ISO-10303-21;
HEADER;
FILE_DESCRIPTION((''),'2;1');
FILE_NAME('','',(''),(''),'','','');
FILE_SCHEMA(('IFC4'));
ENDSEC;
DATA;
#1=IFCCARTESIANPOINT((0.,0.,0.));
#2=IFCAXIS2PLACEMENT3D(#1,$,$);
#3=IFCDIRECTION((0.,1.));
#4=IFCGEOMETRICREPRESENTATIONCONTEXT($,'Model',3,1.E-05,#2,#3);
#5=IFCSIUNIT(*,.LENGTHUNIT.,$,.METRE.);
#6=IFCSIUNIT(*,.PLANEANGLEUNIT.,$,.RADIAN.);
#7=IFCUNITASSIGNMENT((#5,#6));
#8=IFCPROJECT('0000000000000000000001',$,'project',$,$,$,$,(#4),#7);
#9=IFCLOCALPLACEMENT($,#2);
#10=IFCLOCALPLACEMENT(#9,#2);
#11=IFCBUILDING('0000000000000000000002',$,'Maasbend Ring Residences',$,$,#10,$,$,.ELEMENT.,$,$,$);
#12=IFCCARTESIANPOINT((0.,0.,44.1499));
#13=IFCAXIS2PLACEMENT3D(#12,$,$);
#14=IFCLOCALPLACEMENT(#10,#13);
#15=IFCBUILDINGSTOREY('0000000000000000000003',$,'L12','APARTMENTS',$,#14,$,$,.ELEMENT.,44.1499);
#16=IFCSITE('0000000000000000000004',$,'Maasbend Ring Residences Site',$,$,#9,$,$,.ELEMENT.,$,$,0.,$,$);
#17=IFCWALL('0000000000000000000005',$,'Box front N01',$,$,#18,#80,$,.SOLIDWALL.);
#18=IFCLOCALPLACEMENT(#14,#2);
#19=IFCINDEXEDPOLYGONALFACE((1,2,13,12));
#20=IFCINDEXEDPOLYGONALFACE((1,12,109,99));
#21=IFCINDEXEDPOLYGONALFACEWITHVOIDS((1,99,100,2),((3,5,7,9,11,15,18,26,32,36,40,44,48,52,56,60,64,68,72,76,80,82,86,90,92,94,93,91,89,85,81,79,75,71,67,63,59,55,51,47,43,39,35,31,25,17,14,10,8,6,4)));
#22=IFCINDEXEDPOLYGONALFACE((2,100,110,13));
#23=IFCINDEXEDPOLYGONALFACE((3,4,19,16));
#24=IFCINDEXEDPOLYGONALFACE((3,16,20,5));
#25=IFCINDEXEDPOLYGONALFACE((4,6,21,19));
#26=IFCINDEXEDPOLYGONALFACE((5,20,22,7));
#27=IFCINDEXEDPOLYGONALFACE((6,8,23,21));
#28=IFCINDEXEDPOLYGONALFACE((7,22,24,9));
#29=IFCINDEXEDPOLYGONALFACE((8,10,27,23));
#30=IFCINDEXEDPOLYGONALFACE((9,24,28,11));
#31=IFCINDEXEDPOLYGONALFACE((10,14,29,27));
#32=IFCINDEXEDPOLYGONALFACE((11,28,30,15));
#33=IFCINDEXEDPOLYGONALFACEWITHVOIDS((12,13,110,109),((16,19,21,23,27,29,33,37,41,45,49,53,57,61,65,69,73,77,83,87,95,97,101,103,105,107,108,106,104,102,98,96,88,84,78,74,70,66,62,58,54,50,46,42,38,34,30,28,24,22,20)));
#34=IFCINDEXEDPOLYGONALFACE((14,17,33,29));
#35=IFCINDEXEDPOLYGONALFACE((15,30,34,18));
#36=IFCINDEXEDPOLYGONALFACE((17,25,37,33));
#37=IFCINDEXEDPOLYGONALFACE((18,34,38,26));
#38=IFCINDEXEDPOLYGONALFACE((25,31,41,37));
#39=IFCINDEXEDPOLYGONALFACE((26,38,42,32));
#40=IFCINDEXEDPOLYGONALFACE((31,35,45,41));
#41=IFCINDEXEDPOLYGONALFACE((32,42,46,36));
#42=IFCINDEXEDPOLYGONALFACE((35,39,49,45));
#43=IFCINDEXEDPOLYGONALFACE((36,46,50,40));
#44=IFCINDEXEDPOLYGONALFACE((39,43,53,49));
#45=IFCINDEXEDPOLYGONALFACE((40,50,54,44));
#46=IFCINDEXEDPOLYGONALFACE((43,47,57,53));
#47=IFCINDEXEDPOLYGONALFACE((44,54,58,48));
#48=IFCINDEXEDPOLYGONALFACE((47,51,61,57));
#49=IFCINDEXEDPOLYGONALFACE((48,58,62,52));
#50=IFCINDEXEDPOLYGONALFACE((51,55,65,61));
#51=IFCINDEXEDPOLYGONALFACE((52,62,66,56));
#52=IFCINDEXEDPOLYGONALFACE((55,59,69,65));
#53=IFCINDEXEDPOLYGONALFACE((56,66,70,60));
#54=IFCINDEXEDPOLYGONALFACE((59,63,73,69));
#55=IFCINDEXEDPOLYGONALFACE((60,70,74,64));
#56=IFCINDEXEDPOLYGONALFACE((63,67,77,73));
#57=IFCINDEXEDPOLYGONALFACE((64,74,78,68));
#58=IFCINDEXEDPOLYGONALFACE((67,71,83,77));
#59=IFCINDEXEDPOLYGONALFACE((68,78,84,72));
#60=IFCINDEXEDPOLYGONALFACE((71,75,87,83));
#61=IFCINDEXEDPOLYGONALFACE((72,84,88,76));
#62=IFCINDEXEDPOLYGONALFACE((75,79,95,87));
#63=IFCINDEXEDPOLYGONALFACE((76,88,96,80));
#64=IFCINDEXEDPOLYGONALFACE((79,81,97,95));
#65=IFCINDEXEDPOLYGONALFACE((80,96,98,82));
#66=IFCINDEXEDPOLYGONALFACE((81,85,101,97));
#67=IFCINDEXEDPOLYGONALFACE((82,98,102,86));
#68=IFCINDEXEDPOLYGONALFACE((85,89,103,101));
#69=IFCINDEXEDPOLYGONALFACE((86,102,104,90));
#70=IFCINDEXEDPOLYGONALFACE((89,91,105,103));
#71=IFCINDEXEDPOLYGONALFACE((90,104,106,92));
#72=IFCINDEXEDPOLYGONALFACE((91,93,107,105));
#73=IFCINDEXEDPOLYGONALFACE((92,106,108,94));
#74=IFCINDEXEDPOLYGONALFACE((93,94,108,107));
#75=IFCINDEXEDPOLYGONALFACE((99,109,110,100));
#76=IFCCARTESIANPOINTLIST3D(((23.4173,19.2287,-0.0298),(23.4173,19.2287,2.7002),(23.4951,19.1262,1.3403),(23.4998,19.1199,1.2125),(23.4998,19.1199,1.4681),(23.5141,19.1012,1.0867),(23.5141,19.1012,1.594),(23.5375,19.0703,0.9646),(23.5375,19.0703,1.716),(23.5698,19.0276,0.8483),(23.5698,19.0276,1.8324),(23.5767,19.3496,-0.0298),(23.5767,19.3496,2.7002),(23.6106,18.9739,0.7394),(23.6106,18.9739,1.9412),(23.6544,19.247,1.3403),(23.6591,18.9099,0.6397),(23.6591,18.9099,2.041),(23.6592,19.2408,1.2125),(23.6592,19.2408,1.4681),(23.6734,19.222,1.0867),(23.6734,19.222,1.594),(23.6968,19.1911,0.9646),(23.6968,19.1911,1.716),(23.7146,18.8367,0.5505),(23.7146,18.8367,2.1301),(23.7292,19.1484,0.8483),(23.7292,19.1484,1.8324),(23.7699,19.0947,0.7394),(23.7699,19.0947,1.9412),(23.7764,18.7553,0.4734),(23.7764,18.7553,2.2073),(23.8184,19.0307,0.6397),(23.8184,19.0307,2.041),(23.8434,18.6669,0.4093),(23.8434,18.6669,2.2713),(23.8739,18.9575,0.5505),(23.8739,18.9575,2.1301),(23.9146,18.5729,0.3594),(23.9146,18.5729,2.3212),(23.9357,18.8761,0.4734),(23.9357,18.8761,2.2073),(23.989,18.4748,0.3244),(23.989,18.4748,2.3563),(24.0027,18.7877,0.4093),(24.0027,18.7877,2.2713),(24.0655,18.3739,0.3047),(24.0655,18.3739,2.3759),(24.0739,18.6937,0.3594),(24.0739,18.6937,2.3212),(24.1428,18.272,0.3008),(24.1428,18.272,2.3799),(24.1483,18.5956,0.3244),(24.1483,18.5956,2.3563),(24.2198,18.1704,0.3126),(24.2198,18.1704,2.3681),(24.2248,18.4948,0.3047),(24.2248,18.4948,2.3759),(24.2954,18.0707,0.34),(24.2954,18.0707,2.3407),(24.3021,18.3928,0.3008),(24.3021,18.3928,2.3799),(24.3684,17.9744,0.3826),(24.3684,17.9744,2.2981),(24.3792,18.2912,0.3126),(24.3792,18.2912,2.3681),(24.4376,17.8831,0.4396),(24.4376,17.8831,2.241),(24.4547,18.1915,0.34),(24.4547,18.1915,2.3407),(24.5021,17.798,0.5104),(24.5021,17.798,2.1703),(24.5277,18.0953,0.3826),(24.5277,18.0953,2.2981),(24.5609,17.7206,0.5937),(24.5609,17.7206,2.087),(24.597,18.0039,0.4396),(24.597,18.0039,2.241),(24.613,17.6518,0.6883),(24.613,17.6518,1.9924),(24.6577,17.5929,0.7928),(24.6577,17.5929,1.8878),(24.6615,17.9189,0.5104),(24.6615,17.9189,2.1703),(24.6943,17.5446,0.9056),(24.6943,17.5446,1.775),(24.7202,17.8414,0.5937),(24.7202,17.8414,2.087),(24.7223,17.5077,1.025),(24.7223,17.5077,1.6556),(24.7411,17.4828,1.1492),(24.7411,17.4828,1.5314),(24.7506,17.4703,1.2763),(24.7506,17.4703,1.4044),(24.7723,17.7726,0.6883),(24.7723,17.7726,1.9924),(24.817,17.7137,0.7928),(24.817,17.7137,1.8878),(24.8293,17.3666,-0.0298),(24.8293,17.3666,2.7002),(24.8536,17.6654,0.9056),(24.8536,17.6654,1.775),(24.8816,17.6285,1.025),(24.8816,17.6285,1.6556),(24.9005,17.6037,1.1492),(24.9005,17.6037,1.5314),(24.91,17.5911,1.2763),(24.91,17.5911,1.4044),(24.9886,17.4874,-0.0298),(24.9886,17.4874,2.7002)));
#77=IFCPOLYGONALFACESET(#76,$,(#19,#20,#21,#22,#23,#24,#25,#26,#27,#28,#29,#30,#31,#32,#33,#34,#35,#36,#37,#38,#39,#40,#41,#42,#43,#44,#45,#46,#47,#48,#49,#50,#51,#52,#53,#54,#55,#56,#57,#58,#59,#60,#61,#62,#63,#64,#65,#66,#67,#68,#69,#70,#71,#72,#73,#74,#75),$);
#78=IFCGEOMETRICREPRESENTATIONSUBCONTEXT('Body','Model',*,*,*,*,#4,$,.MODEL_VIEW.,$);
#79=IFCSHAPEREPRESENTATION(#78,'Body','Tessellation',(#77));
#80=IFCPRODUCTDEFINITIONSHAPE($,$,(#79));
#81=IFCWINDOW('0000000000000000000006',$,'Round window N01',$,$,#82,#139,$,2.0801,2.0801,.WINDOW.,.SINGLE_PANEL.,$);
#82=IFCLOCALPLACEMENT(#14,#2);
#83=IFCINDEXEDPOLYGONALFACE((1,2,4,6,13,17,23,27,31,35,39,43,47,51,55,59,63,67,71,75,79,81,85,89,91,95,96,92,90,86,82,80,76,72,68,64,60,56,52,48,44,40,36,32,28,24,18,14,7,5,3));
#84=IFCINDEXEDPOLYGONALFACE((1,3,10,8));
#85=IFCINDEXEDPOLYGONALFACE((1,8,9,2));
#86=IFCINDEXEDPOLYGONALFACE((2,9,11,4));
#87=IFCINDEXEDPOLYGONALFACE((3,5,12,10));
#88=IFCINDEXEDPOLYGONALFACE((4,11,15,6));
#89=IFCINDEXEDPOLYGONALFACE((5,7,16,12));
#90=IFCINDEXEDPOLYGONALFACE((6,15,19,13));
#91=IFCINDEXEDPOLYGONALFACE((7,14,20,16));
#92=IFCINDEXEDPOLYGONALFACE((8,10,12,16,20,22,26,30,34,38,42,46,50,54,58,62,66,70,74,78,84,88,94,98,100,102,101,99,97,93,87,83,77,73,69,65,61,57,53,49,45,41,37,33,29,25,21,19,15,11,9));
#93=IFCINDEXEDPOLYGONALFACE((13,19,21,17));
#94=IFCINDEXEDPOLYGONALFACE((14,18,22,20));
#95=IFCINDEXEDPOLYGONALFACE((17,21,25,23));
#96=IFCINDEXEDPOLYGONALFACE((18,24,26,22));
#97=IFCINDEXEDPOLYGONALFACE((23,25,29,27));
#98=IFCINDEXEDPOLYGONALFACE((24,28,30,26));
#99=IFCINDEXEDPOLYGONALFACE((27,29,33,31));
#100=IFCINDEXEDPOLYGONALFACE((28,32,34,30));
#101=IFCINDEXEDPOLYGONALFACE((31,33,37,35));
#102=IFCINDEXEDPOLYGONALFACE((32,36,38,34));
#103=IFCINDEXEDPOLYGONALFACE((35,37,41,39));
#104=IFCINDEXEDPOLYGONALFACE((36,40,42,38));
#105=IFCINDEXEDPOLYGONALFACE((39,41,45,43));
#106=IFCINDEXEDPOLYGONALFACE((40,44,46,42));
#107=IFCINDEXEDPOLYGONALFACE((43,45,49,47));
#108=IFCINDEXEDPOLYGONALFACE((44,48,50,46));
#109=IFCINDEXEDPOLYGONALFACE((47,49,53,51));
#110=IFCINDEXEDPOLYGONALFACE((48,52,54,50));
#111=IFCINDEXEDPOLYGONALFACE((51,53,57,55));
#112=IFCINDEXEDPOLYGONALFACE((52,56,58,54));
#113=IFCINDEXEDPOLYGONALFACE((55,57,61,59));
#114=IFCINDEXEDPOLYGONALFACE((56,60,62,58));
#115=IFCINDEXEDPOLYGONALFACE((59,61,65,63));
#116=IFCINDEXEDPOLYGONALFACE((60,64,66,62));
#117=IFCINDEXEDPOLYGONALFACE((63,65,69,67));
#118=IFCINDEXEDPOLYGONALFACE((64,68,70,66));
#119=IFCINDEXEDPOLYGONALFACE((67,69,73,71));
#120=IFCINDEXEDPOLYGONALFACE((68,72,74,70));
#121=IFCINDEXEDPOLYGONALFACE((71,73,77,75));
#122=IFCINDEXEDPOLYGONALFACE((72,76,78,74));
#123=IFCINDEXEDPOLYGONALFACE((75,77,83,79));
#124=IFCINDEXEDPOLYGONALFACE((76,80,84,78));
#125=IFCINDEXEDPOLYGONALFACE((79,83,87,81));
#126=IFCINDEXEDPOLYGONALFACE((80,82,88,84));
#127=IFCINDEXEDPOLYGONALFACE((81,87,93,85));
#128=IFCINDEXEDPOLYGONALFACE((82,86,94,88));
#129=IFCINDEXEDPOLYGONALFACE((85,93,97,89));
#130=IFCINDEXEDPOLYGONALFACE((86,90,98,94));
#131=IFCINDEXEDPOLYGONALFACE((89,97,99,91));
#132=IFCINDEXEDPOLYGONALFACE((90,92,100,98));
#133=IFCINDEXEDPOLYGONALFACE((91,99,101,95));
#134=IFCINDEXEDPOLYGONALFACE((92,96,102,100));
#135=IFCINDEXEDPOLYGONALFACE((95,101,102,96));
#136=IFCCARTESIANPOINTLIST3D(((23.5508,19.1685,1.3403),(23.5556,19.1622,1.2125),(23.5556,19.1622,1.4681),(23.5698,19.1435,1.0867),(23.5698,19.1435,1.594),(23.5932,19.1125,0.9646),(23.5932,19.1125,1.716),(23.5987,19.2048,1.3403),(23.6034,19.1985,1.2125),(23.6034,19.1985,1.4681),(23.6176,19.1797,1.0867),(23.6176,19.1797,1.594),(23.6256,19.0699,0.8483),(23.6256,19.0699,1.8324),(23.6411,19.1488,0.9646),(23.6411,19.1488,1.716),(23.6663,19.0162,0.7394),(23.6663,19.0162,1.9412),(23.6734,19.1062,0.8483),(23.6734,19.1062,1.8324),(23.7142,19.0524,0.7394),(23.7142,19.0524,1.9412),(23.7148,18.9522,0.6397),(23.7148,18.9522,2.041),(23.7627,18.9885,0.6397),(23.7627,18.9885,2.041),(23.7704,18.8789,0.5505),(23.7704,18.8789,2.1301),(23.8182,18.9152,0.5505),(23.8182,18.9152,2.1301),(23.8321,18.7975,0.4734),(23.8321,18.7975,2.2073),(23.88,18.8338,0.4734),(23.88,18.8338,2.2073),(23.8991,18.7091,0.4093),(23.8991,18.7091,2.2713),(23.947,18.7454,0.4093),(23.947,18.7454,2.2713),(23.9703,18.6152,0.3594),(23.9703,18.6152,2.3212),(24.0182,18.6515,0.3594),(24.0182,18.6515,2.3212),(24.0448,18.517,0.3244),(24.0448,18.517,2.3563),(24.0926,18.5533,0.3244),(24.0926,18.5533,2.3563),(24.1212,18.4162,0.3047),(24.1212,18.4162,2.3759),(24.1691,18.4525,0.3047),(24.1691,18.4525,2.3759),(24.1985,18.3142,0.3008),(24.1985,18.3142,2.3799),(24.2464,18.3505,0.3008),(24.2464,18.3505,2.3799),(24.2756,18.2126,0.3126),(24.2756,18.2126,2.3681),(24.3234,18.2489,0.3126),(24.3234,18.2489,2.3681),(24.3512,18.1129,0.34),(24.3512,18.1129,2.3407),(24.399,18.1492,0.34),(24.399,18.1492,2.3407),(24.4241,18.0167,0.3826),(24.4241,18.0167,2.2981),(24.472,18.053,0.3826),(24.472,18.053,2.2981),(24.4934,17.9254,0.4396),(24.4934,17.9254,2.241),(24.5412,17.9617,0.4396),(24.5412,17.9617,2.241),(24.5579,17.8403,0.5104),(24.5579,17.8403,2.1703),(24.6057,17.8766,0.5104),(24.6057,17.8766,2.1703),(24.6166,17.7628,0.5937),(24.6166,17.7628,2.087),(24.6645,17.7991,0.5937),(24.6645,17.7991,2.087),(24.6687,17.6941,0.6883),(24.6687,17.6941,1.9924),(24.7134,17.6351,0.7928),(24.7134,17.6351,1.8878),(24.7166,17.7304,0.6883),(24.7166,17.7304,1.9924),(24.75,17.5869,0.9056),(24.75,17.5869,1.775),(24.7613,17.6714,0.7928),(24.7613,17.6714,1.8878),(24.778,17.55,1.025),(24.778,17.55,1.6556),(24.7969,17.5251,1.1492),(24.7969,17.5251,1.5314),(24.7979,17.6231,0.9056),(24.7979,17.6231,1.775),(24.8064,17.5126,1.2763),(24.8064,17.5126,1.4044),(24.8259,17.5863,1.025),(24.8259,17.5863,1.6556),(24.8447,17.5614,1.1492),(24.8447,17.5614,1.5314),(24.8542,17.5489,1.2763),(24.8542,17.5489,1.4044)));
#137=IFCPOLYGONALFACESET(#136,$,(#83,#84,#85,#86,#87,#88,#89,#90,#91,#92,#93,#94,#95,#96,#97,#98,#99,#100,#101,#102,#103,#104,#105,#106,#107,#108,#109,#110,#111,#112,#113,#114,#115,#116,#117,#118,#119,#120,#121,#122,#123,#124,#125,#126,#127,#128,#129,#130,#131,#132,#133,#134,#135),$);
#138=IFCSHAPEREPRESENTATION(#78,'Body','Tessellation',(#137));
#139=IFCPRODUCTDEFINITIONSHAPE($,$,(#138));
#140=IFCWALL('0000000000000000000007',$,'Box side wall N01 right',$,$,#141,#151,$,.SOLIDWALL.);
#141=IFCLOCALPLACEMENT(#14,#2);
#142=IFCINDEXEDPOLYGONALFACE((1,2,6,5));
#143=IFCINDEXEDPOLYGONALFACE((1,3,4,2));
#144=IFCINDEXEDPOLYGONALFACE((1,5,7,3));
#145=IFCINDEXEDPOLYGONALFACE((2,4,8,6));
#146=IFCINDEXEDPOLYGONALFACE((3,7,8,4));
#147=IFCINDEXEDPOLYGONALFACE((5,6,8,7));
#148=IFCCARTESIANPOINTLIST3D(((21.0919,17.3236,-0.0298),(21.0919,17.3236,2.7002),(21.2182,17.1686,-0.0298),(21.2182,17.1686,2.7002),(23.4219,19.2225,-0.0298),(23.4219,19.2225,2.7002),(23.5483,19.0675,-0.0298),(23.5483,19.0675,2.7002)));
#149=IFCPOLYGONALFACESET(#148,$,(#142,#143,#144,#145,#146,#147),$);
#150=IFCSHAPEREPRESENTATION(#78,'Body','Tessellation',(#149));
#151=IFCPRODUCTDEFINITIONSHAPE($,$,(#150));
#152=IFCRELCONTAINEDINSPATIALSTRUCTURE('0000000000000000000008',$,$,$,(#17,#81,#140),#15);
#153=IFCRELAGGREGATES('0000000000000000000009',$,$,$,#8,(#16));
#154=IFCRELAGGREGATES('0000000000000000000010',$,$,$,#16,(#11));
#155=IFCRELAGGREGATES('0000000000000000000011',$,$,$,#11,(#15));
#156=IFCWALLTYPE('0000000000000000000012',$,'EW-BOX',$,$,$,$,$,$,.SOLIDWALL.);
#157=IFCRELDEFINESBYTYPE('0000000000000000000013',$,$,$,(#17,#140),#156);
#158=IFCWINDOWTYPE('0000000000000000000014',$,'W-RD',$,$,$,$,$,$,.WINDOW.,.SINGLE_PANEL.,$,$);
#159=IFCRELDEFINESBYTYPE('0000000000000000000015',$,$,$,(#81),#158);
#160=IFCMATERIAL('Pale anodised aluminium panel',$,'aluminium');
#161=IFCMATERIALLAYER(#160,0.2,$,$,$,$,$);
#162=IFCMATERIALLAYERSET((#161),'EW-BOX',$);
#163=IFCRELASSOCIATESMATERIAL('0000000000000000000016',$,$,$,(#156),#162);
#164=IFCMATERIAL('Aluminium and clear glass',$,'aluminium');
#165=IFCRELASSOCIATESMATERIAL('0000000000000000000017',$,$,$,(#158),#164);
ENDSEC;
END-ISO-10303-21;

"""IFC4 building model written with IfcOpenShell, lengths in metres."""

from ifc_helpers import new_model, si_unit, direction, frame, frame_2d, origin, place, context, subcontext, project, spatial, rectangle, circle, extrude, material, layer, layer_set, type_object, element, fill, save


model = new_model("IFC4")

# Units and contexts
model_context = context("Model", 3, precision=1e-05, world=origin(), true_north=direction((0.0, 1.0)))
body_context = subcontext(model_context, "Body", "Model", "MODEL_VIEW")
ifc_project = project(units=[si_unit("LENGTHUNIT", "METRE"), si_unit("PLANEANGLEUNIT", "RADIAN")], contexts=[model_context])

# Site, building, storey
site_placement = place(None, origin())
site = spatial("IfcSite", under=ifc_project, at=site_placement, Name="Maasbend Ring Residences Site", CompositionType="ELEMENT", RefElevation=0.0)
building_placement = place(site_placement, origin())
building = spatial("IfcBuilding", under=site, at=building_placement, Name="Maasbend Ring Residences", CompositionType="ELEMENT")
storey_placement = place(building_placement, frame((0.0, 0.0, 44.1499)))
storey = spatial("IfcBuildingStorey", under=building, at=storey_placement, Name="L12", Description="APARTMENTS", CompositionType="ELEMENT", Elevation=44.1499)

# Wall, opening, window
ifc_material_1 = material(Name="Pale anodised aluminium panel", Category="aluminium")
ifc_layer_1 = layer(ifc_material_1, 0.2)
ifc_layer_set_1 = layer_set([ifc_layer_1], Name="EW-BOX")
wall_type_1 = type_object("IfcWallType", Name="EW-BOX", PredefinedType="SOLIDWALL", material=ifc_layer_set_1)
wall_1_placement = place(storey_placement, frame((24.9089, 17.427, -0.0298), z_axis=(0.0, 0.0, 1.0), x_axis=(-0.604188, 0.796842, 0.0)))
wall_1 = element("IfcWall", 1, at=wall_1_placement, inside=storey, type_object=wall_type_1, Name="Box front N01", PredefinedType="SOLIDWALL", context=body_context, shape_type="SweptSolid", body=[
    extrude(rectangle(XDim=2.3369, YDim=0.2, at=frame_2d((1.1685, 0.0))), origin(), (0.0, 0.0, 1.0), 2.73),
])
opening_1_placement = place(wall_1_placement, frame((0.1282, 0.0, 0.3301)))
opening_1 = element("IfcOpeningElement", 2, at=opening_1_placement, cuts=wall_1, PredefinedType="OPENING", context=body_context, shape_type="SweptSolid", body=[
    extrude(circle(Radius=1.04, at=frame_2d((1.04, 1.04))), frame((0.0, 0.1099, 0.0), z_axis=(0.0, -1.0, 0.0), x_axis=(1.0, 0.0, 0.0)), (0.0, 0.0, 1.0), 0.22),
])
ifc_material_2 = material(Name="Aluminium and clear glass", Category="aluminium")
window_type_1 = type_object("IfcWindowType", Name="W-RD", PartitioningType="SINGLE_PANEL", PredefinedType="WINDOW", material=ifc_material_2)
window_1_placement = place(opening_1_placement, origin())
window_1 = element("IfcWindow", 3, at=window_1_placement, inside=storey, type_object=window_type_1, Name="Round window N01", OverallHeight=2.0801, OverallWidth=2.0801, PartitioningType="SINGLE_PANEL", PredefinedType="WINDOW", context=body_context, shape_type="SweptSolid", body=[
    extrude(circle(Radius=1.04, at=frame_2d((1.04, 1.04))), frame((0.0, 0.03, 0.0), z_axis=(0.0, -1.0, 0.0), x_axis=(1.0, 0.0, 0.0)), (0.0, 0.0, 1.0), 0.0601),
])
fill(opening_1, window_1)

# Wall
wall_2_placement = place(storey_placement, frame((21.155, 17.2461, -0.0298), z_axis=(0.0, 0.0, 1.0), x_axis=(0.775179, 0.631742, 0.0)))
element("IfcWall", 4, at=wall_2_placement, inside=storey, type_object=wall_type_1, Name="Box side wall N01 right", PredefinedType="SOLIDWALL", context=body_context, shape_type="SweptSolid", body=[
    extrude(rectangle(XDim=3.0059, YDim=0.2, at=frame_2d((1.5029, 0.0))), origin(), (0.0, 0.0, 1.0), 2.73),
])

save(model, "model.ifc")
